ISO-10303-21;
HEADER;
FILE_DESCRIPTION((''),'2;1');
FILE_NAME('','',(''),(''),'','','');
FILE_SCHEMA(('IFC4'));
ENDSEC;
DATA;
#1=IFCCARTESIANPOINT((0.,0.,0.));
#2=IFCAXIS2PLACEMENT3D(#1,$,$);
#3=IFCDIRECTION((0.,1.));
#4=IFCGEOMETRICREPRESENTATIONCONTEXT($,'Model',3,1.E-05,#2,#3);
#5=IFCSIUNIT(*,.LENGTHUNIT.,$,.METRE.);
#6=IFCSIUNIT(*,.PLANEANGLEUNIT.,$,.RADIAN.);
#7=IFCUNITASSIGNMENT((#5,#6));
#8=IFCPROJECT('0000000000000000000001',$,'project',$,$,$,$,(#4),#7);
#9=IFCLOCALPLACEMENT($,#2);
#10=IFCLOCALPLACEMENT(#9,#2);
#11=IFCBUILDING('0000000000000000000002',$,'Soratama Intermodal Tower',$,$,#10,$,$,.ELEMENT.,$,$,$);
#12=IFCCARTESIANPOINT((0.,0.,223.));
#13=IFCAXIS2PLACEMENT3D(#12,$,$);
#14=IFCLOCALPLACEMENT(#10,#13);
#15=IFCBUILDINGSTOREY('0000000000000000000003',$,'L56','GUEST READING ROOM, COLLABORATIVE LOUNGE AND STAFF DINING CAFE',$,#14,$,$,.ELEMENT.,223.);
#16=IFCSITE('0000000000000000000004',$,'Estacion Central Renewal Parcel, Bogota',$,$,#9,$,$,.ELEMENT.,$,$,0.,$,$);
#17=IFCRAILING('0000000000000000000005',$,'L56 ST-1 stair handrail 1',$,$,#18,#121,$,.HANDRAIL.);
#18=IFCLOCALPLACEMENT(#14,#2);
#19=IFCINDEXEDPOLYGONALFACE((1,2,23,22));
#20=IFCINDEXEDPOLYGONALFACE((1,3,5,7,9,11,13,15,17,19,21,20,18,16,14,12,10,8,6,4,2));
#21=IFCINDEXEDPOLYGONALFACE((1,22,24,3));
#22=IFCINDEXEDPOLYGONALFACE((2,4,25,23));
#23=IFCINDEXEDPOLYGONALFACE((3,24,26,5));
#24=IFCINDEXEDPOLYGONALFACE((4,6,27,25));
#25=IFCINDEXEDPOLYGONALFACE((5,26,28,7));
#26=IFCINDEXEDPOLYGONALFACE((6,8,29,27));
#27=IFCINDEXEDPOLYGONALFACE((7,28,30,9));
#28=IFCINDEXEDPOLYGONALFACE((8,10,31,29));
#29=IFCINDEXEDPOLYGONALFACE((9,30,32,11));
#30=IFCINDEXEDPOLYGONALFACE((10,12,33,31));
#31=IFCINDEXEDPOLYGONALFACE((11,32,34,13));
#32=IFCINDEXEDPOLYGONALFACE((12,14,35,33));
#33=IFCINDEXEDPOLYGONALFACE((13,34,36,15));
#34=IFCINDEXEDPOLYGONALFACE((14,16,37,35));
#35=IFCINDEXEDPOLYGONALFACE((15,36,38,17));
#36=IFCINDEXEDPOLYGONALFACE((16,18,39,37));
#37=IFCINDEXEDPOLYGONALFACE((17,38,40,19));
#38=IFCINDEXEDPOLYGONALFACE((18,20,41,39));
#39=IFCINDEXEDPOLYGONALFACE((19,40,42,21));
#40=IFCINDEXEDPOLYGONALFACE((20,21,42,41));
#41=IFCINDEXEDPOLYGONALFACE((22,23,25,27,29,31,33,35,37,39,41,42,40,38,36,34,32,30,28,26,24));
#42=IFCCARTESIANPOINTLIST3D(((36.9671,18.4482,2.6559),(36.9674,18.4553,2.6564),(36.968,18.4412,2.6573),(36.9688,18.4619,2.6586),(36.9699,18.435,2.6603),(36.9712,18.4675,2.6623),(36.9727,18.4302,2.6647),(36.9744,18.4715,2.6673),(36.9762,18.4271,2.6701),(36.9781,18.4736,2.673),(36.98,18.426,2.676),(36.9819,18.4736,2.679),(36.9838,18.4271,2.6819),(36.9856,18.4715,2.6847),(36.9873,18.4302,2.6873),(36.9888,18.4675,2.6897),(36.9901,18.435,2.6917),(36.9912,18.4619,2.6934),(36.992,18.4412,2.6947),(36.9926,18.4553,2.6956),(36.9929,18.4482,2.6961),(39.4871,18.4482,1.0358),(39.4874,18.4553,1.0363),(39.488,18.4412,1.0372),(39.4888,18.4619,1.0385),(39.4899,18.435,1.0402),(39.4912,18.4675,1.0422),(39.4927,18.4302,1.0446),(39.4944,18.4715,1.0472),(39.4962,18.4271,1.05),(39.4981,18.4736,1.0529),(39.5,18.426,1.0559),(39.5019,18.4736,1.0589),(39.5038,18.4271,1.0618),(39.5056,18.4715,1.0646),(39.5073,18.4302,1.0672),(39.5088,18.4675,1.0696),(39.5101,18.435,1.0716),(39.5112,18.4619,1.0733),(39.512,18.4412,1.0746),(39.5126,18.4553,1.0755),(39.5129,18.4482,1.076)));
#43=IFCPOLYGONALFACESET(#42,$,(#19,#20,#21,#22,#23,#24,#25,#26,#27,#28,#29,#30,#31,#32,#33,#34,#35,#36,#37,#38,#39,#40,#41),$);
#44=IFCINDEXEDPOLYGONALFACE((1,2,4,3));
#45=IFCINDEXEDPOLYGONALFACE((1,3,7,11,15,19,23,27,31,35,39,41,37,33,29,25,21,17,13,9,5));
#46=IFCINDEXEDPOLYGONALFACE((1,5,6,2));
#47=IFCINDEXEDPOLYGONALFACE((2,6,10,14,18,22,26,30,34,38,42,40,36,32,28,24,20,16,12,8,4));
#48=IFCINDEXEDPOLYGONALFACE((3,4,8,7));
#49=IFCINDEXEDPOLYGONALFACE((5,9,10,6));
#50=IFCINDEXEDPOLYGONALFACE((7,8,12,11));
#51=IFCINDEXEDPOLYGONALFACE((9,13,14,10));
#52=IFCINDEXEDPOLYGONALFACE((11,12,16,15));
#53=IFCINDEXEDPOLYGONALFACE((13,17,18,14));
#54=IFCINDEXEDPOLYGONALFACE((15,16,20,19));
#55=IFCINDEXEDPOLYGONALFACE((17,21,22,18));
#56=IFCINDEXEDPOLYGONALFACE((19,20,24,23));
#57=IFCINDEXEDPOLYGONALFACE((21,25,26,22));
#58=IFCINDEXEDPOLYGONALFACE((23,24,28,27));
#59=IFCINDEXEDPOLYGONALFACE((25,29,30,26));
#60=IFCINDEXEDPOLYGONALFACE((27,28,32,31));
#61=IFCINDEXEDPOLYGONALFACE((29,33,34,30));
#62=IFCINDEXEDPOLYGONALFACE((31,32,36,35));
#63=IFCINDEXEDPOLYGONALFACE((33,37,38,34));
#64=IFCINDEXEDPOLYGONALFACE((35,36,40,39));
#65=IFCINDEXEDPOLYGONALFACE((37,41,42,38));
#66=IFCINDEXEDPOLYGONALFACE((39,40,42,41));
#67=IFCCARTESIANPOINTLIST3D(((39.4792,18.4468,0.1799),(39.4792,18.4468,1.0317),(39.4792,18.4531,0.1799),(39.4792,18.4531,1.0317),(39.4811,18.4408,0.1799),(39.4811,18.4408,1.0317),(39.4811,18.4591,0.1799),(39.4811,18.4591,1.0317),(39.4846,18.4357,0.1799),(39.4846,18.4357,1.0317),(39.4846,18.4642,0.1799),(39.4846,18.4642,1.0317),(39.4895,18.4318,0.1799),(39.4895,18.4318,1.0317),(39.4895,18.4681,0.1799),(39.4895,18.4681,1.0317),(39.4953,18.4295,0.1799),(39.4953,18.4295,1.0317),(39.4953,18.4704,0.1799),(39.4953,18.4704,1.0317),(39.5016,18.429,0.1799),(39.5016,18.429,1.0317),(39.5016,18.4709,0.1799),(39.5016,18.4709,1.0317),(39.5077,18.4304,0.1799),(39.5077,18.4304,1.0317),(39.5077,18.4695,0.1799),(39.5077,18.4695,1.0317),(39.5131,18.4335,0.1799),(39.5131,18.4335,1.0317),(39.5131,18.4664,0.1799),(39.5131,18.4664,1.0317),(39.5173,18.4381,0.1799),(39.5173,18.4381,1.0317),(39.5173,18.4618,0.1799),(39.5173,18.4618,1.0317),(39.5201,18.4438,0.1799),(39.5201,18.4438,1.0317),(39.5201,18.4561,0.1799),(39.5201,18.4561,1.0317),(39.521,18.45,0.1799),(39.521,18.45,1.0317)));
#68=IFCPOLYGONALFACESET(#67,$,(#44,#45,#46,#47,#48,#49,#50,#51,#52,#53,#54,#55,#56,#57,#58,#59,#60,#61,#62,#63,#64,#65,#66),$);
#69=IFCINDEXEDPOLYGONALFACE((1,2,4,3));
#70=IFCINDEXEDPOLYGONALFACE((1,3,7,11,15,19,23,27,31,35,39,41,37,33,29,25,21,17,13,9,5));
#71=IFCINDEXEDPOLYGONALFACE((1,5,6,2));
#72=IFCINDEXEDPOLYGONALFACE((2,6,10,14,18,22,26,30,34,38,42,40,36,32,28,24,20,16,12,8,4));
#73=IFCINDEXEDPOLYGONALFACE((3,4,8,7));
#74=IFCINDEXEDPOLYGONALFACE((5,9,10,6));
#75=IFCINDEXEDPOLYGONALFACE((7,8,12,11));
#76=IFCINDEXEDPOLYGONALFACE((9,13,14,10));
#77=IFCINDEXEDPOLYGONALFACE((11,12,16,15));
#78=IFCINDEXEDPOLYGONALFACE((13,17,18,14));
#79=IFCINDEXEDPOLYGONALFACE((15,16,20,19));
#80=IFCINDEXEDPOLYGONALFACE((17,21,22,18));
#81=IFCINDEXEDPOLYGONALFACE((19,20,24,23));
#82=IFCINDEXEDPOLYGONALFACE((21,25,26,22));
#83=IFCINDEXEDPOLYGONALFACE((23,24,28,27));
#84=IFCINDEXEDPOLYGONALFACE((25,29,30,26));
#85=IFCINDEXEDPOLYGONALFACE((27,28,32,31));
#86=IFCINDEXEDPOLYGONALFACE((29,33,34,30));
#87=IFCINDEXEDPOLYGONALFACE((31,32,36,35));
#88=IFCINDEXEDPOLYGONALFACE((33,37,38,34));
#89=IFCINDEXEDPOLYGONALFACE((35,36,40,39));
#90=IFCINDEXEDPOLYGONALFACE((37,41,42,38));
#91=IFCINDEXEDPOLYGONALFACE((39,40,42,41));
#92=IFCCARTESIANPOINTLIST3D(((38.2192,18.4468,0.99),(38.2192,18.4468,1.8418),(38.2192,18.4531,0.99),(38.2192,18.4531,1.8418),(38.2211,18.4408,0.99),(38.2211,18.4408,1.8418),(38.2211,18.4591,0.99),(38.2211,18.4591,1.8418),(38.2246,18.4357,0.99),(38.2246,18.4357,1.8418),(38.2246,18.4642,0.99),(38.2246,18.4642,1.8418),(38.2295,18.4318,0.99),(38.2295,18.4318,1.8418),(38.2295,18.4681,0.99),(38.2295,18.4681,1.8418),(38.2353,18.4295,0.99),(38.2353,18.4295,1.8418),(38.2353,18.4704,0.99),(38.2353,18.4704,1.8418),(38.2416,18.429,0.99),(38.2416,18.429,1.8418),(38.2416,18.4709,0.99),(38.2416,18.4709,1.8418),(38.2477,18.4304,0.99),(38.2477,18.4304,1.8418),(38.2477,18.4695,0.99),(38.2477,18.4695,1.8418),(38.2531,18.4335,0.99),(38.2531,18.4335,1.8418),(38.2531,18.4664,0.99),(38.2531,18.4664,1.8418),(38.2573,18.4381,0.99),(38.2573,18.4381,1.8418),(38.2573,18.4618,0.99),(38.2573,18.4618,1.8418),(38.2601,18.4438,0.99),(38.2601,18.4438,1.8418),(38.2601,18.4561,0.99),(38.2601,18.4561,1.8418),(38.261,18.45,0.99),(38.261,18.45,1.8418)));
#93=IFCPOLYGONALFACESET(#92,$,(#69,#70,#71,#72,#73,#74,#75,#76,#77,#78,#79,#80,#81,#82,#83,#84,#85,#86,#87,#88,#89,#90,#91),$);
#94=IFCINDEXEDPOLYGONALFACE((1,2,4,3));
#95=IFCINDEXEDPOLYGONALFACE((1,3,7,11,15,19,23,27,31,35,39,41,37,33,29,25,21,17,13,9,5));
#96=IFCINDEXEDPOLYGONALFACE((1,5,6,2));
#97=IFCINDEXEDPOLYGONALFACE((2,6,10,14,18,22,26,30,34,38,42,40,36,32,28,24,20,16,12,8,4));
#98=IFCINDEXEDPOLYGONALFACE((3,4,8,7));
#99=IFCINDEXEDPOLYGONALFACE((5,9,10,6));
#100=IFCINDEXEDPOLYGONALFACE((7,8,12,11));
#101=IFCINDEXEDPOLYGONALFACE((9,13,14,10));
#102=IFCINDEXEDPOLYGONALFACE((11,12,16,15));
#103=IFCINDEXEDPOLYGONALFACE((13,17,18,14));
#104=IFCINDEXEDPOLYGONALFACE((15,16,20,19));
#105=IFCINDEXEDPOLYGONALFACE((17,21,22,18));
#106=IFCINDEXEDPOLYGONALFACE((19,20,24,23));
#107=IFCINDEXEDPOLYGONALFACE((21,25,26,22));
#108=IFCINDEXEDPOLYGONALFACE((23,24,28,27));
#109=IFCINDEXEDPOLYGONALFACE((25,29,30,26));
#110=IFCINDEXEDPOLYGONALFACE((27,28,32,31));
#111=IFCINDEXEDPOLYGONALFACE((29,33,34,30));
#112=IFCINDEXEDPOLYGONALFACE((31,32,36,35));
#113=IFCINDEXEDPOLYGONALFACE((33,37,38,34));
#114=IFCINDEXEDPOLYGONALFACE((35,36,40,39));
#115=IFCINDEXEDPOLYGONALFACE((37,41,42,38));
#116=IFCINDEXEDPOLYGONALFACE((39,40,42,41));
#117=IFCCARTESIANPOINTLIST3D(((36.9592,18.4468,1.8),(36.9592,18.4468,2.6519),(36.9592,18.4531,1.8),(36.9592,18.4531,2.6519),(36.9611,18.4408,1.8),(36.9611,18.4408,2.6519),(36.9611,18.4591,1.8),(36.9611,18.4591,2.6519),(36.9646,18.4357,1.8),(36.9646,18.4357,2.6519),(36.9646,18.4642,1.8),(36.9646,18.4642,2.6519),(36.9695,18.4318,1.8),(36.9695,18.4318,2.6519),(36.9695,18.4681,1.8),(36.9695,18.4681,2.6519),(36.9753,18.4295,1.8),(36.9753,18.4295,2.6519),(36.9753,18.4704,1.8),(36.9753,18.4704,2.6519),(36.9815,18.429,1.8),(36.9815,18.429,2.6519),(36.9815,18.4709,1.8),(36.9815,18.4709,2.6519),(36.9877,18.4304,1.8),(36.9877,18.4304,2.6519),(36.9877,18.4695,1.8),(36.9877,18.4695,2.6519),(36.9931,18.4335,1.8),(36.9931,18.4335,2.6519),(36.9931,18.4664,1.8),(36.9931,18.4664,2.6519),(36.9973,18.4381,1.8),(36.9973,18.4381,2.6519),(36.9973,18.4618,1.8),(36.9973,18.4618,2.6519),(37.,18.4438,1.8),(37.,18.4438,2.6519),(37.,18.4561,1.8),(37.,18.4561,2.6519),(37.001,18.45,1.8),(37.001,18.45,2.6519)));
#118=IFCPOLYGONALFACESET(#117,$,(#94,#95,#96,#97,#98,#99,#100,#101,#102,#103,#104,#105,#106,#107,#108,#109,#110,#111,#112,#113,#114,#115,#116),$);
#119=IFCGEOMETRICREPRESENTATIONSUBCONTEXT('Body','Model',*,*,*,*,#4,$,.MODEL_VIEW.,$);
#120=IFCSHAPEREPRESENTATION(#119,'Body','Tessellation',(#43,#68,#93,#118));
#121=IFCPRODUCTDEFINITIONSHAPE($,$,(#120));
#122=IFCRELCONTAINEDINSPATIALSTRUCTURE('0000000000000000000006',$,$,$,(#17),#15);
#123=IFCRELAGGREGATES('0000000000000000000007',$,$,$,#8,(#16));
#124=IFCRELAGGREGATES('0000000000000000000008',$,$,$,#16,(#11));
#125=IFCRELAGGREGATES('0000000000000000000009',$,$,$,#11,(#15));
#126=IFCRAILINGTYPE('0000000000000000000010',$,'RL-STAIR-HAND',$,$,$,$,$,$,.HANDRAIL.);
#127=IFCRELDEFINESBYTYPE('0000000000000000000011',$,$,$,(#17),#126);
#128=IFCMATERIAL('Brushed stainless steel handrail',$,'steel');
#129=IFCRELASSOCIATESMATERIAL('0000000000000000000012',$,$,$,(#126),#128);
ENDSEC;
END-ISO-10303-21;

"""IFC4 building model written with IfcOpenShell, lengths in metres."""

from ifc_helpers import new_model, si_unit, direction, frame, origin, origin_2d, place, context, subcontext, project, spatial, circle, extrude, material, type_object, element, save


model = new_model("IFC4")

# Units and contexts
model_context = context("Model", 3, precision=1e-05, world=origin(), true_north=direction((0.0, 1.0)))
body_context = subcontext(model_context, "Body", "Model", "MODEL_VIEW")
ifc_project = project(units=[si_unit("LENGTHUNIT", "METRE"), si_unit("PLANEANGLEUNIT", "RADIAN")], contexts=[model_context])

# Site, building, storey
site_placement = place(None, origin())
site = spatial("IfcSite", under=ifc_project, at=site_placement, Name="Estacion Central Renewal Parcel, Bogota", CompositionType="ELEMENT", RefElevation=0.0)
building_placement = place(site_placement, origin())
building = spatial("IfcBuilding", under=site, at=building_placement, Name="Soratama Intermodal Tower", CompositionType="ELEMENT")
storey_placement = place(building_placement, frame((0.0, 0.0, 223.0)))
storey = spatial("IfcBuildingStorey", under=building, at=storey_placement, Name="L56", Description="GUEST READING ROOM, COLLABORATIVE LOUNGE AND STAFF DINING CAFE", CompositionType="ELEMENT", Elevation=223.0)

# Railing
ifc_material_1 = material(Name="Brushed stainless steel handrail", Category="steel")
railing_type_1 = type_object("IfcRailingType", Name="RL-STAIR-HAND", PredefinedType="HANDRAIL", material=ifc_material_1)
railing_1_placement = place(storey_placement, frame((39.5, 18.45, 0.1799)))
element("IfcRailing", 1, at=railing_1_placement, inside=storey, type_object=railing_type_1, Name="L56 ST-1 stair handrail 1", PredefinedType="HANDRAIL", context=body_context, shape_type="SweptSolid", body=[
    extrude(circle(Radius=0.0239, at=origin_2d()), frame((0.0, 0.0, 0.876), z_axis=(-0.841163, 0.0, 0.540782), x_axis=(0.0, -1.0, 0.0)), (0.0, 0.0, 1.0), 2.9958),
    extrude(circle(Radius=0.021, at=origin_2d()), origin(), (0.0, 0.0, 1.0), 0.8518),
    extrude(circle(Radius=0.021, at=origin_2d()), frame((-1.26, 0.0, 0.8101)), (0.0, 0.0, 1.0), 0.8518),
    extrude(circle(Radius=0.021, at=origin_2d()), frame((-2.52, 0.0, 1.6201)), (0.0, 0.0, 1.0), 0.8518),
])

save(model, "model.ifc")
